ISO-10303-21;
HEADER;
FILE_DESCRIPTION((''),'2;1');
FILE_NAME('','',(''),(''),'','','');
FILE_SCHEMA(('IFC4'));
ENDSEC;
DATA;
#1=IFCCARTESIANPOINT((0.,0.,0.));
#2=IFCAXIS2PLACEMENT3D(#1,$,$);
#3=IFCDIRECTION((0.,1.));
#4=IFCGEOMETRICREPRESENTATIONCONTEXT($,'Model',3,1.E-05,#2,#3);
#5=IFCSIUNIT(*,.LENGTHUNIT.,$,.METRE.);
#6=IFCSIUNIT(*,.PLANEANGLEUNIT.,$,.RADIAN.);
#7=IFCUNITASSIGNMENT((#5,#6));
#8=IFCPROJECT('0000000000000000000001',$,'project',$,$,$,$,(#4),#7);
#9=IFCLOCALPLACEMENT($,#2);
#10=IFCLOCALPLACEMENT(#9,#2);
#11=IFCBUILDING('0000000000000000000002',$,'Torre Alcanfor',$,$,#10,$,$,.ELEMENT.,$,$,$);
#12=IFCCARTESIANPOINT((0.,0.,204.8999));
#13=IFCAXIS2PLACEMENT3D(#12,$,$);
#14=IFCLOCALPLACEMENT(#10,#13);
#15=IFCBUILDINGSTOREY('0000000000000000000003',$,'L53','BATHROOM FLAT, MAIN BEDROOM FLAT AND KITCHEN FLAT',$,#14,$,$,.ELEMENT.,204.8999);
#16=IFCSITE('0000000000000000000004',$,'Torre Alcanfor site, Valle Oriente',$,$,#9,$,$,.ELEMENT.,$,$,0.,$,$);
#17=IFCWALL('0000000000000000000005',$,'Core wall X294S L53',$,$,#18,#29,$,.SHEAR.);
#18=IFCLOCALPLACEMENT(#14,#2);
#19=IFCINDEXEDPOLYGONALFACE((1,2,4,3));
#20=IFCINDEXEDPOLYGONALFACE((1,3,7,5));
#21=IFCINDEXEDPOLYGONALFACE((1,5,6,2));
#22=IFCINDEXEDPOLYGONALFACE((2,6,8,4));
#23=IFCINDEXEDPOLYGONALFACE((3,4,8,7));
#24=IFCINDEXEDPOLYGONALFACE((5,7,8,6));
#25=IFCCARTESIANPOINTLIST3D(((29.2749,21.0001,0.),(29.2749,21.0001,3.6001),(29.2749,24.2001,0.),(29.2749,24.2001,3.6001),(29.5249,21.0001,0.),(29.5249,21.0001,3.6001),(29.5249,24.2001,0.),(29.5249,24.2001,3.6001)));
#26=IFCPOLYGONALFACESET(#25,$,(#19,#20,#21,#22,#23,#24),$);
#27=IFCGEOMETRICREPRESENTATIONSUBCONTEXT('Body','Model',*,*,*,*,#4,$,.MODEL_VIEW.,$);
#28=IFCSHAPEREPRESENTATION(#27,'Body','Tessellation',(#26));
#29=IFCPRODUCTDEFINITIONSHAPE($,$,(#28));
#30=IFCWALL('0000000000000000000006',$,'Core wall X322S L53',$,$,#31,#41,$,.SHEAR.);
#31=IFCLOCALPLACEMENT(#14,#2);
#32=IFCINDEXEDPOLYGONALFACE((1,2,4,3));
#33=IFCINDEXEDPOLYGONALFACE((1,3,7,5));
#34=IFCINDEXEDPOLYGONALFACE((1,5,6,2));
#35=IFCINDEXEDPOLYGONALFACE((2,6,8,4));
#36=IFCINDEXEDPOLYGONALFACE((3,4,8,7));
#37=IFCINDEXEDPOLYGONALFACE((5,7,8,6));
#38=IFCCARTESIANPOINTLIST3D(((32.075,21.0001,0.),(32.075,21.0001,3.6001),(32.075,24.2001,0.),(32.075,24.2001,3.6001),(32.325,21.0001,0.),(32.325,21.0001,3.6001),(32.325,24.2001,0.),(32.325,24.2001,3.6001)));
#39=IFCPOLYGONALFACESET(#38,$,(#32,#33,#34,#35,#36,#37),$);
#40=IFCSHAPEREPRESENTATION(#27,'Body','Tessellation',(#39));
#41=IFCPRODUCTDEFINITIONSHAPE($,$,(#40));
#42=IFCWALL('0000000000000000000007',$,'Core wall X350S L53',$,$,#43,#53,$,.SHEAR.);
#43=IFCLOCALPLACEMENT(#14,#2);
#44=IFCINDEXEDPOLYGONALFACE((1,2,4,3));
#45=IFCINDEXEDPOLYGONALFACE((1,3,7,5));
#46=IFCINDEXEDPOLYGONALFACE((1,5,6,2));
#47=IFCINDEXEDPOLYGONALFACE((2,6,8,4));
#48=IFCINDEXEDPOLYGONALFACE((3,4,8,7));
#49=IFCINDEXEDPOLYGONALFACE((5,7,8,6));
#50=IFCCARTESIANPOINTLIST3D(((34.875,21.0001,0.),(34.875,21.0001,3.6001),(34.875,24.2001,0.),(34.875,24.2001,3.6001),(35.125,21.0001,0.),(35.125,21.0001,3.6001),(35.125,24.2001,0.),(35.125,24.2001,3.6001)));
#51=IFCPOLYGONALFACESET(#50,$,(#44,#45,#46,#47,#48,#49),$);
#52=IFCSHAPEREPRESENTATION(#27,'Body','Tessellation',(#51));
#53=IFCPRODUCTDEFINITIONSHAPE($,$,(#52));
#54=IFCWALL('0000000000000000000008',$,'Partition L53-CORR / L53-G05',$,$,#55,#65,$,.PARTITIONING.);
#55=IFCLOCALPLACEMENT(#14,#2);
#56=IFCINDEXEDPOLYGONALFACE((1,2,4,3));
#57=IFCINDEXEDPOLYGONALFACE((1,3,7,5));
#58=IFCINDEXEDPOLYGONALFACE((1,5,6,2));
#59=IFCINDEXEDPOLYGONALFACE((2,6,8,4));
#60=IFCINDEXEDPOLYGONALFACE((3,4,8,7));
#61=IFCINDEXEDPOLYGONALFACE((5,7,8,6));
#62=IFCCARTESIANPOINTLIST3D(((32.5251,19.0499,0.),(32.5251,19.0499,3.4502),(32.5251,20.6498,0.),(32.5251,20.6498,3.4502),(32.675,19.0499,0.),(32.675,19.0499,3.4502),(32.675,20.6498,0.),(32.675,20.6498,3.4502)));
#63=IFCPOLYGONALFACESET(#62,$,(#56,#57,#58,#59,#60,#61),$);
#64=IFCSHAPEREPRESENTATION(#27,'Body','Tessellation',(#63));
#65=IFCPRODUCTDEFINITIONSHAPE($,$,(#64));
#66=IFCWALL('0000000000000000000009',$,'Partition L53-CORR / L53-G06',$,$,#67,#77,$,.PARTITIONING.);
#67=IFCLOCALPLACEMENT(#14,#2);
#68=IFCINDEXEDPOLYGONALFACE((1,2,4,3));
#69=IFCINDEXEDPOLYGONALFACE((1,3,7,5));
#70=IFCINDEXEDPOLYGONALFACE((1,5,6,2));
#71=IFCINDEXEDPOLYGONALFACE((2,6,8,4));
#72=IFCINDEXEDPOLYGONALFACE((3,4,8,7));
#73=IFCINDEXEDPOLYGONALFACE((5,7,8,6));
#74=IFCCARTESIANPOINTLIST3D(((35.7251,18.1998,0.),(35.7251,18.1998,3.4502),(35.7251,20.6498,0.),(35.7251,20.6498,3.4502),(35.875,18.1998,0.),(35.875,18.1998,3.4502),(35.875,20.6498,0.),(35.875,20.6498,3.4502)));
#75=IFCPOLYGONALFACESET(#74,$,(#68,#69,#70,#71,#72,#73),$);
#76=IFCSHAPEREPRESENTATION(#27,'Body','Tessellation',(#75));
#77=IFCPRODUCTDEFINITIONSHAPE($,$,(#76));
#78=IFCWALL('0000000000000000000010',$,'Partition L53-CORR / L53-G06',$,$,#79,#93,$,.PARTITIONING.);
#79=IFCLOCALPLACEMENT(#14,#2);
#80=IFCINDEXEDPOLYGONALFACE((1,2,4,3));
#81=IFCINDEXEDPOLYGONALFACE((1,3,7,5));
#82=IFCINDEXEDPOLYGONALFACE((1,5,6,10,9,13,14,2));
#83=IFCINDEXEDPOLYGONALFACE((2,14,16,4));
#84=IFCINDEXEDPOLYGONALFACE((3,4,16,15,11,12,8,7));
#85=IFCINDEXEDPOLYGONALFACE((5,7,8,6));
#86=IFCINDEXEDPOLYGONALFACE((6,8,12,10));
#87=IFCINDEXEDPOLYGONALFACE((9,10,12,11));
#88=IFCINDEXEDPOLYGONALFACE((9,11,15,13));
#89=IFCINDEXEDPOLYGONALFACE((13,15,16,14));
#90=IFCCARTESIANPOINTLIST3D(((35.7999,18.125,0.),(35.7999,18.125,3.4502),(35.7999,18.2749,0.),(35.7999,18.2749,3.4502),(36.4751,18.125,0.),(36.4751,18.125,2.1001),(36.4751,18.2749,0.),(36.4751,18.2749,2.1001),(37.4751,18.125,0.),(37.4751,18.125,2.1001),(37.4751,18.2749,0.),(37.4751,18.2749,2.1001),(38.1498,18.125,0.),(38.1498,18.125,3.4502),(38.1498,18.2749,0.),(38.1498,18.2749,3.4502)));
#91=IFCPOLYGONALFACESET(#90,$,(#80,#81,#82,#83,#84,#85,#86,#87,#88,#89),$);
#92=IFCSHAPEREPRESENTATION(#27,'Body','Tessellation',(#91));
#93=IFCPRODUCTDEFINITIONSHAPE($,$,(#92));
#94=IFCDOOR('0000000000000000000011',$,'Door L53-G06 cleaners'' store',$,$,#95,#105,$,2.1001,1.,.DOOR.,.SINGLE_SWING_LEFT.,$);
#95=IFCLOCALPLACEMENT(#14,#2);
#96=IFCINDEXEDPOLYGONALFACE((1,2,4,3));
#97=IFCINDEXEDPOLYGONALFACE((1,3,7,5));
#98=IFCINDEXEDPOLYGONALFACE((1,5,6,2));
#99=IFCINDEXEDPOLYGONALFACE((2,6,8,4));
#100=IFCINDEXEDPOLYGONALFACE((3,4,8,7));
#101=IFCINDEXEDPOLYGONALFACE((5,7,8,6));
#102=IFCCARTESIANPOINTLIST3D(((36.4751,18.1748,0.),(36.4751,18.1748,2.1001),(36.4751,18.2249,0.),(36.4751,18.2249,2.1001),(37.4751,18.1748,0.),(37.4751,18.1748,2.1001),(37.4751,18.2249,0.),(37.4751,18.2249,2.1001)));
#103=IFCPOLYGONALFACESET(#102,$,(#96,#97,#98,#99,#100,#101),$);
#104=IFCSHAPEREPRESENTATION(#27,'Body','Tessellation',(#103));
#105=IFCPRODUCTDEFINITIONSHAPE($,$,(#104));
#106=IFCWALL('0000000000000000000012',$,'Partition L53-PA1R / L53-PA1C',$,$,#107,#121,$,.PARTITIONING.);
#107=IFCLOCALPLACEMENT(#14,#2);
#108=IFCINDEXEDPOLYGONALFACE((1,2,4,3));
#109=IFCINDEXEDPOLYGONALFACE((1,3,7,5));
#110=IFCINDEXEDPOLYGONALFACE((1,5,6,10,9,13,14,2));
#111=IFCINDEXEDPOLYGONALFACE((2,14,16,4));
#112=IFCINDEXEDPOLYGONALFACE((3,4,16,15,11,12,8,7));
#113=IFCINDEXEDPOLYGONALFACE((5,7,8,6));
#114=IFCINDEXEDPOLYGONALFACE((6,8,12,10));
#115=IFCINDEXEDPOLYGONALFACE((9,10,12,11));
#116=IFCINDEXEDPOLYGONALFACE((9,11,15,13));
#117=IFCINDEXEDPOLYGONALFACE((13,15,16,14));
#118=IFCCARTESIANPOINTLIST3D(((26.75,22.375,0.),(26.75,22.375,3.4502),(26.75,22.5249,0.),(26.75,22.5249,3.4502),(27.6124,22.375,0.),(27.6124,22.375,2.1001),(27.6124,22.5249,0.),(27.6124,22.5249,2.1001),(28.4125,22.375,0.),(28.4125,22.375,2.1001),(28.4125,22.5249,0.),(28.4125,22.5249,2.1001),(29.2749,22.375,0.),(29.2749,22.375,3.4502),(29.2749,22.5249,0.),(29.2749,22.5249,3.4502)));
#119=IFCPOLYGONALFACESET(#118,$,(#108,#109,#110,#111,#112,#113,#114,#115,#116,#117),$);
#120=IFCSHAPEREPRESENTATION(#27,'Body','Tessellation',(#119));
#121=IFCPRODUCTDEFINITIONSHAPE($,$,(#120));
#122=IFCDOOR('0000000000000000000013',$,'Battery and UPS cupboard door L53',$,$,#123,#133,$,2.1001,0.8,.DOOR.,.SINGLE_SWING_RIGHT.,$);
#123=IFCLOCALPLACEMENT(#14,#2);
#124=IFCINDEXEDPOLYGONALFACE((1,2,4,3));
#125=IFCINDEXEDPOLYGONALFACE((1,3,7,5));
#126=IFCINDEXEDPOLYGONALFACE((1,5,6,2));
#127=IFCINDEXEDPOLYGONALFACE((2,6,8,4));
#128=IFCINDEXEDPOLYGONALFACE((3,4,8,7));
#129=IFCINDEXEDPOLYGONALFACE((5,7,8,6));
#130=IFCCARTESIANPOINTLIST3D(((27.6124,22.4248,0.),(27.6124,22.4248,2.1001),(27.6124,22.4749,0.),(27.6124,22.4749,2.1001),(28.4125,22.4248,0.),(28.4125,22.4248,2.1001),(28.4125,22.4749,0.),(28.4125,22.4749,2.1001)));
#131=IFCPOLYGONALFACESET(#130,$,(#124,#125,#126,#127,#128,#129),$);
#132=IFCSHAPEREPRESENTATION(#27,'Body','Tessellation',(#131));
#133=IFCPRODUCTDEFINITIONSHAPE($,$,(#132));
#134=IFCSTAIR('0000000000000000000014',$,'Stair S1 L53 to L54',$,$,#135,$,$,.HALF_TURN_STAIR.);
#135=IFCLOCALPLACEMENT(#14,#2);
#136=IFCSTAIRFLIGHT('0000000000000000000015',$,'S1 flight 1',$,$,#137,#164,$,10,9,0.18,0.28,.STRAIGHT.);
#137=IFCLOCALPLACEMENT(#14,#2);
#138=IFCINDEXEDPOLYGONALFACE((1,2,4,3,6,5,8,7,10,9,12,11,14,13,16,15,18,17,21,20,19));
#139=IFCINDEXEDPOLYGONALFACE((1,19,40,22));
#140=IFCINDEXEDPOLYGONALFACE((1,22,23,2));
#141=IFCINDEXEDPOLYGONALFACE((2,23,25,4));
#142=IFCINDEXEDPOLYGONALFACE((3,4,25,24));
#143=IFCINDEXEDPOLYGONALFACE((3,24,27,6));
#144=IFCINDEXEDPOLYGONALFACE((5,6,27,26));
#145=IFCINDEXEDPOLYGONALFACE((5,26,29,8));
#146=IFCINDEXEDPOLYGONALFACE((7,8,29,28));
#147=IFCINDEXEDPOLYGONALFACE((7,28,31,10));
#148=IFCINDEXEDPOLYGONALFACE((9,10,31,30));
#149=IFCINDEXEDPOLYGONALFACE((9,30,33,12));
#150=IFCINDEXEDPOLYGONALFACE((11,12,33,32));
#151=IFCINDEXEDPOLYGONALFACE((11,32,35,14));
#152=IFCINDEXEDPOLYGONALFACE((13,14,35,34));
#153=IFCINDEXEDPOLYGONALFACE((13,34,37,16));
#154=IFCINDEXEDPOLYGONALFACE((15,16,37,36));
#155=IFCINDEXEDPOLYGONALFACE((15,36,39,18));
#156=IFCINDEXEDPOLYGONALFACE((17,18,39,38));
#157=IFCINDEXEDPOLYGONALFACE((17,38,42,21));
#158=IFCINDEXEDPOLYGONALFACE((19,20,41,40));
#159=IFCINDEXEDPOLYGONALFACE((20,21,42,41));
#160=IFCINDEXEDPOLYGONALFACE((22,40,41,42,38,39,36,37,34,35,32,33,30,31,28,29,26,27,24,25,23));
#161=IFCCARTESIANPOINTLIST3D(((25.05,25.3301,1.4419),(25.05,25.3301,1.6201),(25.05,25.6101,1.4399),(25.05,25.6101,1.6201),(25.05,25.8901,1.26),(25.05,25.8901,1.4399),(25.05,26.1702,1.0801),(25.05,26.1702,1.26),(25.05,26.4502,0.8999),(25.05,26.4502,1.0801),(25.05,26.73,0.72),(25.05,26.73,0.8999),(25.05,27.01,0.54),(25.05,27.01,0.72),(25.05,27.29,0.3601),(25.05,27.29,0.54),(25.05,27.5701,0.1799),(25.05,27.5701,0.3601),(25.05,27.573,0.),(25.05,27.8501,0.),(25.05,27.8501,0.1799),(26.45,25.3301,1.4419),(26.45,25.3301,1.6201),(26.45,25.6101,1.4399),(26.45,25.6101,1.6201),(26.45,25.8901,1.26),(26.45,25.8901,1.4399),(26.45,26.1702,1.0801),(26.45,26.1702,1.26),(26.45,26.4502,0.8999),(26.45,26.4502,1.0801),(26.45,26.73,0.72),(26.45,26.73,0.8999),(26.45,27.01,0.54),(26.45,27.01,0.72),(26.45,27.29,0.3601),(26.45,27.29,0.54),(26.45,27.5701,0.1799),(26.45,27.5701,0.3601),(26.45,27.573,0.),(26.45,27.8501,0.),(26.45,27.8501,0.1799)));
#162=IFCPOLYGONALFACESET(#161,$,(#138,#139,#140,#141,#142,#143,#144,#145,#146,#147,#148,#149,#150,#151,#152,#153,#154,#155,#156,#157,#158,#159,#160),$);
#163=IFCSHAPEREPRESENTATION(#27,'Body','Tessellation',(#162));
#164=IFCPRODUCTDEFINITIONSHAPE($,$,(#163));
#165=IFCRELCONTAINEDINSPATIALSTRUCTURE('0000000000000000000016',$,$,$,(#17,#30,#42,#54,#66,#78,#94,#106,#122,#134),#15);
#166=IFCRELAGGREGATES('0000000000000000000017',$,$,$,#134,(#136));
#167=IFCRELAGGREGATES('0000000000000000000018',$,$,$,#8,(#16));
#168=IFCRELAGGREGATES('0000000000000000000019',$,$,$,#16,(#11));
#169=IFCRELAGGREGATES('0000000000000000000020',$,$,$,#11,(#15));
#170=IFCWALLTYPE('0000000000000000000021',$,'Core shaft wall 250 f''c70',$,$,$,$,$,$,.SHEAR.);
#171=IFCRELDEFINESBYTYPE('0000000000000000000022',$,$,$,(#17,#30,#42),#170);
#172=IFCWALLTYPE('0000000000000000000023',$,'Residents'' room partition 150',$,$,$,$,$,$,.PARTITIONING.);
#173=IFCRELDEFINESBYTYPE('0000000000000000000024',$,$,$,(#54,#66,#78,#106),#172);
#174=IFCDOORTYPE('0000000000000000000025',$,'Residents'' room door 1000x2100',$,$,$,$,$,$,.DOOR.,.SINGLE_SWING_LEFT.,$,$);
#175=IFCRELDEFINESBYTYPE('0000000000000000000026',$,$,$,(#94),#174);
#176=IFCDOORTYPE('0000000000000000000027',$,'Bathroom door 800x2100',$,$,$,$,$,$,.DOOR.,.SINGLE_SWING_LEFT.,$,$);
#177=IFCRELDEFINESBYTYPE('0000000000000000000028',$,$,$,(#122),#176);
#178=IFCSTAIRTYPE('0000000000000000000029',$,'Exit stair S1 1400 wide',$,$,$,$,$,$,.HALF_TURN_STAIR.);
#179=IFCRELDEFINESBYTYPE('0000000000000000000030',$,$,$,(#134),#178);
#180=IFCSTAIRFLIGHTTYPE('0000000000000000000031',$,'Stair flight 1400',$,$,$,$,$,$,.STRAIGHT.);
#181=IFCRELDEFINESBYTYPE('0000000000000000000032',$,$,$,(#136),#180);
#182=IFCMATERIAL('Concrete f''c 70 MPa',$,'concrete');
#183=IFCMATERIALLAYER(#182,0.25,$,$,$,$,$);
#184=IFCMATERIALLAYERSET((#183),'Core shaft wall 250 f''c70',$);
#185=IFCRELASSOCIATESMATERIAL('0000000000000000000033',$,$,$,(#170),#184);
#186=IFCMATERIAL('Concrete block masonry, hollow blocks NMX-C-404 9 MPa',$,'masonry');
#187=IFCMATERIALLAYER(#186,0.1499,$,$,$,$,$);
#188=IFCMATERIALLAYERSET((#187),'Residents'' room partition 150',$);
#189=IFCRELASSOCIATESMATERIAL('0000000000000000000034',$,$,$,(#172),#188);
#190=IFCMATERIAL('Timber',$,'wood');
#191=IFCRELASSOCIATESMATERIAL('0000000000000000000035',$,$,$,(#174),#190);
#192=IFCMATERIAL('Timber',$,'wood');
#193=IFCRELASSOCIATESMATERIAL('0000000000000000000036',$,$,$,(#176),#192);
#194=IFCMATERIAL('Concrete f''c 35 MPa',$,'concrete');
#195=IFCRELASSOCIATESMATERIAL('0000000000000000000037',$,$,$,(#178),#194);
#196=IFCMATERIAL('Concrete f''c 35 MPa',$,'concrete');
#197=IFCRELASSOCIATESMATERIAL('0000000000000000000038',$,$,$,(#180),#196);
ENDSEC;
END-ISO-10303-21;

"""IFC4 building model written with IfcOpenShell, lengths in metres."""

from ifc_helpers import new_model, si_unit, direction, frame, frame_2d, origin, place, context, subcontext, project, spatial, polyline, rectangle, outline, extrude, material, layer, layer_set, type_object, element, fill, aggregate, save


model = new_model("IFC4")

# Units and contexts
model_context = context("Model", 3, precision=1e-05, world=origin(), true_north=direction((0.0, 1.0)))
body_context = subcontext(model_context, "Body", "Model", "MODEL_VIEW")
ifc_project = project(units=[si_unit("LENGTHUNIT", "METRE"), si_unit("PLANEANGLEUNIT", "RADIAN")], contexts=[model_context])

# Site, building, storey
site_placement = place(None, origin())
site = spatial("IfcSite", under=ifc_project, at=site_placement, Name="Torre Alcanfor site, Valle Oriente", CompositionType="ELEMENT", RefElevation=0.0)
building_placement = place(site_placement, origin())
building = spatial("IfcBuilding", under=site, at=building_placement, Name="Torre Alcanfor", CompositionType="ELEMENT")
storey_placement = place(building_placement, frame((0.0, 0.0, 204.8999)))
storey = spatial("IfcBuildingStorey", under=building, at=storey_placement, Name="L53", Description="BATHROOM FLAT, MAIN BEDROOM FLAT AND KITCHEN FLAT", CompositionType="ELEMENT", Elevation=204.8999)

# Walls
ifc_material_1 = material(Name="Concrete f'c 70 MPa", Category="concrete")
ifc_layer_1 = layer(ifc_material_1, 0.25)
ifc_layer_set_1 = layer_set([ifc_layer_1], Name="Core shaft wall 250 f'c70")
wall_type_1 = type_object("IfcWallType", Name="Core shaft wall 250 f'c70", PredefinedType="SHEAR", material=ifc_layer_set_1)
for number, where, z_axis, x_axis, name in (
    (1, (29.3999, 21.0, 0.0), (0.0, 0.0, 1.0), (0.0, 1.0, 0.0), "Core wall X294S L53"),
    (2, (32.2, 21.0, 0.0), (0.0, 0.0, 1.0), (0.0, 1.0, 0.0), "Core wall X322S L53"),
    (3, (35.0, 21.0, 0.0), (0.0, 0.0, 1.0), (0.0, 1.0, 0.0), "Core wall X350S L53"),
):
    element("IfcWall", number, at=place(storey_placement, frame(where, z_axis=z_axis, x_axis=x_axis)), inside=storey, type_object=wall_type_1, Name=name, PredefinedType="SHEAR", context=body_context, shape_type="SweptSolid", body=[
        extrude(rectangle(XDim=3.2, YDim=0.25, at=frame_2d((1.6001, 0.0))), origin(), (0.0, 0.0, 1.0), 3.6001),
    ])
ifc_material_2 = material(Name="Concrete block masonry, hollow blocks NMX-C-404 9 MPa", Category="masonry")
ifc_layer_2 = layer(ifc_material_2, 0.1499)
ifc_layer_set_2 = layer_set([ifc_layer_2], Name="Residents' room partition 150")
wall_type_2 = type_object("IfcWallType", Name="Residents' room partition 150", PredefinedType="PARTITIONING", material=ifc_layer_set_2)
wall_1_placement = place(storey_placement, frame((32.6001, 19.05, 0.0), z_axis=(0.0, 0.0, 1.0), x_axis=(0.0, 1.0, 0.0)))
element("IfcWall", 4, at=wall_1_placement, inside=storey, type_object=wall_type_2, Name="Partition L53-CORR / L53-G05", PredefinedType="PARTITIONING", context=body_context, shape_type="SweptSolid", body=[
    extrude(rectangle(XDim=1.5999, YDim=0.1499, at=frame_2d((0.7998, 0.0))), origin(), (0.0, 0.0, 1.0), 3.4502),
])
wall_2_placement = place(storey_placement, frame((35.8, 20.6499, 0.0), z_axis=(0.0, 0.0, 1.0), x_axis=(0.0, -1.0, 0.0)))
element("IfcWall", 5, at=wall_2_placement, inside=storey, type_object=wall_type_2, Name="Partition L53-CORR / L53-G06", PredefinedType="PARTITIONING", context=body_context, shape_type="SweptSolid", body=[
    extrude(rectangle(XDim=2.45, YDim=0.1499, at=frame_2d((1.2251, 0.0))), origin(), (0.0, 0.0, 1.0), 3.4502),
])

# Walls, openings, doors
wall_3_placement = place(storey_placement, frame((35.8, 18.2, 0.0), z_axis=(0.0, 0.0, 1.0), x_axis=(1.0, 0.0, 0.0)))
wall_3 = element("IfcWall", 6, at=wall_3_placement, inside=storey, type_object=wall_type_2, Name="Partition L53-CORR / L53-G06", PredefinedType="PARTITIONING", context=body_context, shape_type="SweptSolid", body=[
    extrude(rectangle(XDim=2.3499, YDim=0.1499, at=frame_2d((1.1748, 0.0))), origin(), (0.0, 0.0, 1.0), 3.4502),
])
opening_1_placement = place(wall_3_placement, frame((0.675, 0.0, 0.0)))
opening_1 = element("IfcOpeningElement", 7, at=opening_1_placement, cuts=wall_3, PredefinedType="OPENING", context=body_context, shape_type="SweptSolid", body=[
    extrude(rectangle(XDim=1.0, YDim=2.1001, at=frame_2d((0.5, 1.05))), frame((0.0, 0.085, 0.0), z_axis=(0.0, -1.0, 0.0), x_axis=(1.0, 0.0, 0.0)), (0.0, 0.0, 1.0), 0.1699),
])
ifc_material_3 = material(Name="Timber", Category="wood")
door_type_1 = type_object("IfcDoorType", Name="Residents' room door 1000x2100", OperationType="SINGLE_SWING_LEFT", PredefinedType="DOOR", material=ifc_material_3)
door_1_placement = place(opening_1_placement, origin())
door_1 = element("IfcDoor", 8, at=door_1_placement, inside=storey, type_object=door_type_1, Name="Door L53-G06 cleaners' store", OperationType="SINGLE_SWING_LEFT", OverallHeight=2.1001, OverallWidth=1.0, PredefinedType="DOOR", context=body_context, shape_type="SweptSolid", body=[
    extrude(rectangle(XDim=1.0, YDim=2.1001, at=frame_2d((0.5, 1.05))), frame((0.0, 0.0249, 0.0), z_axis=(0.0, -1.0, 0.0), x_axis=(1.0, 0.0, 0.0)), (0.0, 0.0, 1.0), 0.05),
])
fill(opening_1, door_1)
wall_4_placement = place(storey_placement, frame((26.75, 22.45, 0.0), z_axis=(0.0, 0.0, 1.0), x_axis=(1.0, 0.0, 0.0)))
wall_4 = element("IfcWall", 9, at=wall_4_placement, inside=storey, type_object=wall_type_2, Name="Partition L53-PA1R / L53-PA1C", PredefinedType="PARTITIONING", context=body_context, shape_type="SweptSolid", body=[
    extrude(rectangle(XDim=2.5249, YDim=0.1499, at=frame_2d((1.2625, 0.0))), origin(), (0.0, 0.0, 1.0), 3.4502),
])
opening_2_placement = place(wall_4_placement, frame((0.8625, 0.0, 0.0)))
opening_2 = element("IfcOpeningElement", 10, at=opening_2_placement, cuts=wall_4, PredefinedType="OPENING", context=body_context, shape_type="SweptSolid", body=[
    extrude(rectangle(XDim=0.8, YDim=2.1001, at=frame_2d((0.3999, 1.05))), frame((0.0, 0.085, 0.0), z_axis=(0.0, -1.0, 0.0), x_axis=(1.0, 0.0, 0.0)), (0.0, 0.0, 1.0), 0.1699),
])
ifc_material_4 = material(Name="Timber", Category="wood")
door_type_2 = type_object("IfcDoorType", Name="Bathroom door 800x2100", OperationType="SINGLE_SWING_LEFT", PredefinedType="DOOR", material=ifc_material_4)
door_2_placement = place(opening_2_placement, frame((0.8, 0.0, 0.0), z_axis=(0.0, 0.0, 1.0), x_axis=(-1.0, 0.0, 0.0)))
door_2 = element("IfcDoor", 11, at=door_2_placement, inside=storey, type_object=door_type_2, Name="Battery and UPS cupboard door L53", OperationType="SINGLE_SWING_RIGHT", OverallHeight=2.1001, OverallWidth=0.8, PredefinedType="DOOR", context=body_context, shape_type="SweptSolid", body=[
    extrude(rectangle(XDim=0.8, YDim=2.1001, at=frame_2d((0.4001, 1.05))), frame((0.0, 0.0251, 0.0), z_axis=(0.0, -1.0, 0.0), x_axis=(1.0, 0.0, 0.0)), (0.0, 0.0, 1.0), 0.05),
])
fill(opening_2, door_2)

# Stair, stair flight
ifc_material_5 = material(Name="Concrete f'c 35 MPa", Category="concrete")
stair_type = type_object("IfcStairType", Name="Exit stair S1 1400 wide", PredefinedType="HALF_TURN_STAIR", material=ifc_material_5)
stair_placement = place(storey_placement, origin())
stair = element("IfcStair", 12, at=stair_placement, inside=storey, type_object=stair_type, Name="Stair S1 L53 to L54", PredefinedType="HALF_TURN_STAIR")
ifc_material_6 = material(Name="Concrete f'c 35 MPa", Category="concrete")
stair_flight_type = type_object("IfcStairFlightType", Name="Stair flight 1400", PredefinedType="STRAIGHT", material=ifc_material_6)
stair_flight_placement = place(storey_placement, frame((25.75, 27.8501, 0.0), z_axis=(0.0, 0.0, 1.0), x_axis=(0.0, -1.0, 0.0)))
stair_flight = element("IfcStairFlight", 13, at=stair_flight_placement, type_object=stair_flight_type, Name="S1 flight 1", NumberOfRisers=10, NumberOfTreads=9, PredefinedType="STRAIGHT", RiserHeight=0.18, TreadLength=0.28, context=body_context, shape_type="SweptSolid", body=[
    extrude(outline(polyline([(0.0, 0.0), (0.0, 0.1799), (0.28, 0.1799), (0.28, 0.3601), (0.5601, 0.3601), (0.5601, 0.54), (0.8401, 0.54), (0.8401, 0.72), (1.1201, 0.72), (1.1201, 0.8999), (1.3999, 0.8999), (1.3999, 1.0801), (1.6799, 1.0801), (1.6799, 1.26), (1.96, 1.26), (1.96, 1.4399), (2.24, 1.4399), (2.24, 1.6201), (2.52, 1.6201), (2.52, 1.8), (2.52, 1.4419), (0.2771, 0.0), (0.0, 0.0)])), frame((0.0, 0.7, 0.0), z_axis=(0.0, -1.0, 0.0), x_axis=(1.0, 0.0, 0.0)), (0.0, 0.0, 1.0), 1.3999),
])
aggregate(stair, [stair_flight])

save(model, "model.ifc")
